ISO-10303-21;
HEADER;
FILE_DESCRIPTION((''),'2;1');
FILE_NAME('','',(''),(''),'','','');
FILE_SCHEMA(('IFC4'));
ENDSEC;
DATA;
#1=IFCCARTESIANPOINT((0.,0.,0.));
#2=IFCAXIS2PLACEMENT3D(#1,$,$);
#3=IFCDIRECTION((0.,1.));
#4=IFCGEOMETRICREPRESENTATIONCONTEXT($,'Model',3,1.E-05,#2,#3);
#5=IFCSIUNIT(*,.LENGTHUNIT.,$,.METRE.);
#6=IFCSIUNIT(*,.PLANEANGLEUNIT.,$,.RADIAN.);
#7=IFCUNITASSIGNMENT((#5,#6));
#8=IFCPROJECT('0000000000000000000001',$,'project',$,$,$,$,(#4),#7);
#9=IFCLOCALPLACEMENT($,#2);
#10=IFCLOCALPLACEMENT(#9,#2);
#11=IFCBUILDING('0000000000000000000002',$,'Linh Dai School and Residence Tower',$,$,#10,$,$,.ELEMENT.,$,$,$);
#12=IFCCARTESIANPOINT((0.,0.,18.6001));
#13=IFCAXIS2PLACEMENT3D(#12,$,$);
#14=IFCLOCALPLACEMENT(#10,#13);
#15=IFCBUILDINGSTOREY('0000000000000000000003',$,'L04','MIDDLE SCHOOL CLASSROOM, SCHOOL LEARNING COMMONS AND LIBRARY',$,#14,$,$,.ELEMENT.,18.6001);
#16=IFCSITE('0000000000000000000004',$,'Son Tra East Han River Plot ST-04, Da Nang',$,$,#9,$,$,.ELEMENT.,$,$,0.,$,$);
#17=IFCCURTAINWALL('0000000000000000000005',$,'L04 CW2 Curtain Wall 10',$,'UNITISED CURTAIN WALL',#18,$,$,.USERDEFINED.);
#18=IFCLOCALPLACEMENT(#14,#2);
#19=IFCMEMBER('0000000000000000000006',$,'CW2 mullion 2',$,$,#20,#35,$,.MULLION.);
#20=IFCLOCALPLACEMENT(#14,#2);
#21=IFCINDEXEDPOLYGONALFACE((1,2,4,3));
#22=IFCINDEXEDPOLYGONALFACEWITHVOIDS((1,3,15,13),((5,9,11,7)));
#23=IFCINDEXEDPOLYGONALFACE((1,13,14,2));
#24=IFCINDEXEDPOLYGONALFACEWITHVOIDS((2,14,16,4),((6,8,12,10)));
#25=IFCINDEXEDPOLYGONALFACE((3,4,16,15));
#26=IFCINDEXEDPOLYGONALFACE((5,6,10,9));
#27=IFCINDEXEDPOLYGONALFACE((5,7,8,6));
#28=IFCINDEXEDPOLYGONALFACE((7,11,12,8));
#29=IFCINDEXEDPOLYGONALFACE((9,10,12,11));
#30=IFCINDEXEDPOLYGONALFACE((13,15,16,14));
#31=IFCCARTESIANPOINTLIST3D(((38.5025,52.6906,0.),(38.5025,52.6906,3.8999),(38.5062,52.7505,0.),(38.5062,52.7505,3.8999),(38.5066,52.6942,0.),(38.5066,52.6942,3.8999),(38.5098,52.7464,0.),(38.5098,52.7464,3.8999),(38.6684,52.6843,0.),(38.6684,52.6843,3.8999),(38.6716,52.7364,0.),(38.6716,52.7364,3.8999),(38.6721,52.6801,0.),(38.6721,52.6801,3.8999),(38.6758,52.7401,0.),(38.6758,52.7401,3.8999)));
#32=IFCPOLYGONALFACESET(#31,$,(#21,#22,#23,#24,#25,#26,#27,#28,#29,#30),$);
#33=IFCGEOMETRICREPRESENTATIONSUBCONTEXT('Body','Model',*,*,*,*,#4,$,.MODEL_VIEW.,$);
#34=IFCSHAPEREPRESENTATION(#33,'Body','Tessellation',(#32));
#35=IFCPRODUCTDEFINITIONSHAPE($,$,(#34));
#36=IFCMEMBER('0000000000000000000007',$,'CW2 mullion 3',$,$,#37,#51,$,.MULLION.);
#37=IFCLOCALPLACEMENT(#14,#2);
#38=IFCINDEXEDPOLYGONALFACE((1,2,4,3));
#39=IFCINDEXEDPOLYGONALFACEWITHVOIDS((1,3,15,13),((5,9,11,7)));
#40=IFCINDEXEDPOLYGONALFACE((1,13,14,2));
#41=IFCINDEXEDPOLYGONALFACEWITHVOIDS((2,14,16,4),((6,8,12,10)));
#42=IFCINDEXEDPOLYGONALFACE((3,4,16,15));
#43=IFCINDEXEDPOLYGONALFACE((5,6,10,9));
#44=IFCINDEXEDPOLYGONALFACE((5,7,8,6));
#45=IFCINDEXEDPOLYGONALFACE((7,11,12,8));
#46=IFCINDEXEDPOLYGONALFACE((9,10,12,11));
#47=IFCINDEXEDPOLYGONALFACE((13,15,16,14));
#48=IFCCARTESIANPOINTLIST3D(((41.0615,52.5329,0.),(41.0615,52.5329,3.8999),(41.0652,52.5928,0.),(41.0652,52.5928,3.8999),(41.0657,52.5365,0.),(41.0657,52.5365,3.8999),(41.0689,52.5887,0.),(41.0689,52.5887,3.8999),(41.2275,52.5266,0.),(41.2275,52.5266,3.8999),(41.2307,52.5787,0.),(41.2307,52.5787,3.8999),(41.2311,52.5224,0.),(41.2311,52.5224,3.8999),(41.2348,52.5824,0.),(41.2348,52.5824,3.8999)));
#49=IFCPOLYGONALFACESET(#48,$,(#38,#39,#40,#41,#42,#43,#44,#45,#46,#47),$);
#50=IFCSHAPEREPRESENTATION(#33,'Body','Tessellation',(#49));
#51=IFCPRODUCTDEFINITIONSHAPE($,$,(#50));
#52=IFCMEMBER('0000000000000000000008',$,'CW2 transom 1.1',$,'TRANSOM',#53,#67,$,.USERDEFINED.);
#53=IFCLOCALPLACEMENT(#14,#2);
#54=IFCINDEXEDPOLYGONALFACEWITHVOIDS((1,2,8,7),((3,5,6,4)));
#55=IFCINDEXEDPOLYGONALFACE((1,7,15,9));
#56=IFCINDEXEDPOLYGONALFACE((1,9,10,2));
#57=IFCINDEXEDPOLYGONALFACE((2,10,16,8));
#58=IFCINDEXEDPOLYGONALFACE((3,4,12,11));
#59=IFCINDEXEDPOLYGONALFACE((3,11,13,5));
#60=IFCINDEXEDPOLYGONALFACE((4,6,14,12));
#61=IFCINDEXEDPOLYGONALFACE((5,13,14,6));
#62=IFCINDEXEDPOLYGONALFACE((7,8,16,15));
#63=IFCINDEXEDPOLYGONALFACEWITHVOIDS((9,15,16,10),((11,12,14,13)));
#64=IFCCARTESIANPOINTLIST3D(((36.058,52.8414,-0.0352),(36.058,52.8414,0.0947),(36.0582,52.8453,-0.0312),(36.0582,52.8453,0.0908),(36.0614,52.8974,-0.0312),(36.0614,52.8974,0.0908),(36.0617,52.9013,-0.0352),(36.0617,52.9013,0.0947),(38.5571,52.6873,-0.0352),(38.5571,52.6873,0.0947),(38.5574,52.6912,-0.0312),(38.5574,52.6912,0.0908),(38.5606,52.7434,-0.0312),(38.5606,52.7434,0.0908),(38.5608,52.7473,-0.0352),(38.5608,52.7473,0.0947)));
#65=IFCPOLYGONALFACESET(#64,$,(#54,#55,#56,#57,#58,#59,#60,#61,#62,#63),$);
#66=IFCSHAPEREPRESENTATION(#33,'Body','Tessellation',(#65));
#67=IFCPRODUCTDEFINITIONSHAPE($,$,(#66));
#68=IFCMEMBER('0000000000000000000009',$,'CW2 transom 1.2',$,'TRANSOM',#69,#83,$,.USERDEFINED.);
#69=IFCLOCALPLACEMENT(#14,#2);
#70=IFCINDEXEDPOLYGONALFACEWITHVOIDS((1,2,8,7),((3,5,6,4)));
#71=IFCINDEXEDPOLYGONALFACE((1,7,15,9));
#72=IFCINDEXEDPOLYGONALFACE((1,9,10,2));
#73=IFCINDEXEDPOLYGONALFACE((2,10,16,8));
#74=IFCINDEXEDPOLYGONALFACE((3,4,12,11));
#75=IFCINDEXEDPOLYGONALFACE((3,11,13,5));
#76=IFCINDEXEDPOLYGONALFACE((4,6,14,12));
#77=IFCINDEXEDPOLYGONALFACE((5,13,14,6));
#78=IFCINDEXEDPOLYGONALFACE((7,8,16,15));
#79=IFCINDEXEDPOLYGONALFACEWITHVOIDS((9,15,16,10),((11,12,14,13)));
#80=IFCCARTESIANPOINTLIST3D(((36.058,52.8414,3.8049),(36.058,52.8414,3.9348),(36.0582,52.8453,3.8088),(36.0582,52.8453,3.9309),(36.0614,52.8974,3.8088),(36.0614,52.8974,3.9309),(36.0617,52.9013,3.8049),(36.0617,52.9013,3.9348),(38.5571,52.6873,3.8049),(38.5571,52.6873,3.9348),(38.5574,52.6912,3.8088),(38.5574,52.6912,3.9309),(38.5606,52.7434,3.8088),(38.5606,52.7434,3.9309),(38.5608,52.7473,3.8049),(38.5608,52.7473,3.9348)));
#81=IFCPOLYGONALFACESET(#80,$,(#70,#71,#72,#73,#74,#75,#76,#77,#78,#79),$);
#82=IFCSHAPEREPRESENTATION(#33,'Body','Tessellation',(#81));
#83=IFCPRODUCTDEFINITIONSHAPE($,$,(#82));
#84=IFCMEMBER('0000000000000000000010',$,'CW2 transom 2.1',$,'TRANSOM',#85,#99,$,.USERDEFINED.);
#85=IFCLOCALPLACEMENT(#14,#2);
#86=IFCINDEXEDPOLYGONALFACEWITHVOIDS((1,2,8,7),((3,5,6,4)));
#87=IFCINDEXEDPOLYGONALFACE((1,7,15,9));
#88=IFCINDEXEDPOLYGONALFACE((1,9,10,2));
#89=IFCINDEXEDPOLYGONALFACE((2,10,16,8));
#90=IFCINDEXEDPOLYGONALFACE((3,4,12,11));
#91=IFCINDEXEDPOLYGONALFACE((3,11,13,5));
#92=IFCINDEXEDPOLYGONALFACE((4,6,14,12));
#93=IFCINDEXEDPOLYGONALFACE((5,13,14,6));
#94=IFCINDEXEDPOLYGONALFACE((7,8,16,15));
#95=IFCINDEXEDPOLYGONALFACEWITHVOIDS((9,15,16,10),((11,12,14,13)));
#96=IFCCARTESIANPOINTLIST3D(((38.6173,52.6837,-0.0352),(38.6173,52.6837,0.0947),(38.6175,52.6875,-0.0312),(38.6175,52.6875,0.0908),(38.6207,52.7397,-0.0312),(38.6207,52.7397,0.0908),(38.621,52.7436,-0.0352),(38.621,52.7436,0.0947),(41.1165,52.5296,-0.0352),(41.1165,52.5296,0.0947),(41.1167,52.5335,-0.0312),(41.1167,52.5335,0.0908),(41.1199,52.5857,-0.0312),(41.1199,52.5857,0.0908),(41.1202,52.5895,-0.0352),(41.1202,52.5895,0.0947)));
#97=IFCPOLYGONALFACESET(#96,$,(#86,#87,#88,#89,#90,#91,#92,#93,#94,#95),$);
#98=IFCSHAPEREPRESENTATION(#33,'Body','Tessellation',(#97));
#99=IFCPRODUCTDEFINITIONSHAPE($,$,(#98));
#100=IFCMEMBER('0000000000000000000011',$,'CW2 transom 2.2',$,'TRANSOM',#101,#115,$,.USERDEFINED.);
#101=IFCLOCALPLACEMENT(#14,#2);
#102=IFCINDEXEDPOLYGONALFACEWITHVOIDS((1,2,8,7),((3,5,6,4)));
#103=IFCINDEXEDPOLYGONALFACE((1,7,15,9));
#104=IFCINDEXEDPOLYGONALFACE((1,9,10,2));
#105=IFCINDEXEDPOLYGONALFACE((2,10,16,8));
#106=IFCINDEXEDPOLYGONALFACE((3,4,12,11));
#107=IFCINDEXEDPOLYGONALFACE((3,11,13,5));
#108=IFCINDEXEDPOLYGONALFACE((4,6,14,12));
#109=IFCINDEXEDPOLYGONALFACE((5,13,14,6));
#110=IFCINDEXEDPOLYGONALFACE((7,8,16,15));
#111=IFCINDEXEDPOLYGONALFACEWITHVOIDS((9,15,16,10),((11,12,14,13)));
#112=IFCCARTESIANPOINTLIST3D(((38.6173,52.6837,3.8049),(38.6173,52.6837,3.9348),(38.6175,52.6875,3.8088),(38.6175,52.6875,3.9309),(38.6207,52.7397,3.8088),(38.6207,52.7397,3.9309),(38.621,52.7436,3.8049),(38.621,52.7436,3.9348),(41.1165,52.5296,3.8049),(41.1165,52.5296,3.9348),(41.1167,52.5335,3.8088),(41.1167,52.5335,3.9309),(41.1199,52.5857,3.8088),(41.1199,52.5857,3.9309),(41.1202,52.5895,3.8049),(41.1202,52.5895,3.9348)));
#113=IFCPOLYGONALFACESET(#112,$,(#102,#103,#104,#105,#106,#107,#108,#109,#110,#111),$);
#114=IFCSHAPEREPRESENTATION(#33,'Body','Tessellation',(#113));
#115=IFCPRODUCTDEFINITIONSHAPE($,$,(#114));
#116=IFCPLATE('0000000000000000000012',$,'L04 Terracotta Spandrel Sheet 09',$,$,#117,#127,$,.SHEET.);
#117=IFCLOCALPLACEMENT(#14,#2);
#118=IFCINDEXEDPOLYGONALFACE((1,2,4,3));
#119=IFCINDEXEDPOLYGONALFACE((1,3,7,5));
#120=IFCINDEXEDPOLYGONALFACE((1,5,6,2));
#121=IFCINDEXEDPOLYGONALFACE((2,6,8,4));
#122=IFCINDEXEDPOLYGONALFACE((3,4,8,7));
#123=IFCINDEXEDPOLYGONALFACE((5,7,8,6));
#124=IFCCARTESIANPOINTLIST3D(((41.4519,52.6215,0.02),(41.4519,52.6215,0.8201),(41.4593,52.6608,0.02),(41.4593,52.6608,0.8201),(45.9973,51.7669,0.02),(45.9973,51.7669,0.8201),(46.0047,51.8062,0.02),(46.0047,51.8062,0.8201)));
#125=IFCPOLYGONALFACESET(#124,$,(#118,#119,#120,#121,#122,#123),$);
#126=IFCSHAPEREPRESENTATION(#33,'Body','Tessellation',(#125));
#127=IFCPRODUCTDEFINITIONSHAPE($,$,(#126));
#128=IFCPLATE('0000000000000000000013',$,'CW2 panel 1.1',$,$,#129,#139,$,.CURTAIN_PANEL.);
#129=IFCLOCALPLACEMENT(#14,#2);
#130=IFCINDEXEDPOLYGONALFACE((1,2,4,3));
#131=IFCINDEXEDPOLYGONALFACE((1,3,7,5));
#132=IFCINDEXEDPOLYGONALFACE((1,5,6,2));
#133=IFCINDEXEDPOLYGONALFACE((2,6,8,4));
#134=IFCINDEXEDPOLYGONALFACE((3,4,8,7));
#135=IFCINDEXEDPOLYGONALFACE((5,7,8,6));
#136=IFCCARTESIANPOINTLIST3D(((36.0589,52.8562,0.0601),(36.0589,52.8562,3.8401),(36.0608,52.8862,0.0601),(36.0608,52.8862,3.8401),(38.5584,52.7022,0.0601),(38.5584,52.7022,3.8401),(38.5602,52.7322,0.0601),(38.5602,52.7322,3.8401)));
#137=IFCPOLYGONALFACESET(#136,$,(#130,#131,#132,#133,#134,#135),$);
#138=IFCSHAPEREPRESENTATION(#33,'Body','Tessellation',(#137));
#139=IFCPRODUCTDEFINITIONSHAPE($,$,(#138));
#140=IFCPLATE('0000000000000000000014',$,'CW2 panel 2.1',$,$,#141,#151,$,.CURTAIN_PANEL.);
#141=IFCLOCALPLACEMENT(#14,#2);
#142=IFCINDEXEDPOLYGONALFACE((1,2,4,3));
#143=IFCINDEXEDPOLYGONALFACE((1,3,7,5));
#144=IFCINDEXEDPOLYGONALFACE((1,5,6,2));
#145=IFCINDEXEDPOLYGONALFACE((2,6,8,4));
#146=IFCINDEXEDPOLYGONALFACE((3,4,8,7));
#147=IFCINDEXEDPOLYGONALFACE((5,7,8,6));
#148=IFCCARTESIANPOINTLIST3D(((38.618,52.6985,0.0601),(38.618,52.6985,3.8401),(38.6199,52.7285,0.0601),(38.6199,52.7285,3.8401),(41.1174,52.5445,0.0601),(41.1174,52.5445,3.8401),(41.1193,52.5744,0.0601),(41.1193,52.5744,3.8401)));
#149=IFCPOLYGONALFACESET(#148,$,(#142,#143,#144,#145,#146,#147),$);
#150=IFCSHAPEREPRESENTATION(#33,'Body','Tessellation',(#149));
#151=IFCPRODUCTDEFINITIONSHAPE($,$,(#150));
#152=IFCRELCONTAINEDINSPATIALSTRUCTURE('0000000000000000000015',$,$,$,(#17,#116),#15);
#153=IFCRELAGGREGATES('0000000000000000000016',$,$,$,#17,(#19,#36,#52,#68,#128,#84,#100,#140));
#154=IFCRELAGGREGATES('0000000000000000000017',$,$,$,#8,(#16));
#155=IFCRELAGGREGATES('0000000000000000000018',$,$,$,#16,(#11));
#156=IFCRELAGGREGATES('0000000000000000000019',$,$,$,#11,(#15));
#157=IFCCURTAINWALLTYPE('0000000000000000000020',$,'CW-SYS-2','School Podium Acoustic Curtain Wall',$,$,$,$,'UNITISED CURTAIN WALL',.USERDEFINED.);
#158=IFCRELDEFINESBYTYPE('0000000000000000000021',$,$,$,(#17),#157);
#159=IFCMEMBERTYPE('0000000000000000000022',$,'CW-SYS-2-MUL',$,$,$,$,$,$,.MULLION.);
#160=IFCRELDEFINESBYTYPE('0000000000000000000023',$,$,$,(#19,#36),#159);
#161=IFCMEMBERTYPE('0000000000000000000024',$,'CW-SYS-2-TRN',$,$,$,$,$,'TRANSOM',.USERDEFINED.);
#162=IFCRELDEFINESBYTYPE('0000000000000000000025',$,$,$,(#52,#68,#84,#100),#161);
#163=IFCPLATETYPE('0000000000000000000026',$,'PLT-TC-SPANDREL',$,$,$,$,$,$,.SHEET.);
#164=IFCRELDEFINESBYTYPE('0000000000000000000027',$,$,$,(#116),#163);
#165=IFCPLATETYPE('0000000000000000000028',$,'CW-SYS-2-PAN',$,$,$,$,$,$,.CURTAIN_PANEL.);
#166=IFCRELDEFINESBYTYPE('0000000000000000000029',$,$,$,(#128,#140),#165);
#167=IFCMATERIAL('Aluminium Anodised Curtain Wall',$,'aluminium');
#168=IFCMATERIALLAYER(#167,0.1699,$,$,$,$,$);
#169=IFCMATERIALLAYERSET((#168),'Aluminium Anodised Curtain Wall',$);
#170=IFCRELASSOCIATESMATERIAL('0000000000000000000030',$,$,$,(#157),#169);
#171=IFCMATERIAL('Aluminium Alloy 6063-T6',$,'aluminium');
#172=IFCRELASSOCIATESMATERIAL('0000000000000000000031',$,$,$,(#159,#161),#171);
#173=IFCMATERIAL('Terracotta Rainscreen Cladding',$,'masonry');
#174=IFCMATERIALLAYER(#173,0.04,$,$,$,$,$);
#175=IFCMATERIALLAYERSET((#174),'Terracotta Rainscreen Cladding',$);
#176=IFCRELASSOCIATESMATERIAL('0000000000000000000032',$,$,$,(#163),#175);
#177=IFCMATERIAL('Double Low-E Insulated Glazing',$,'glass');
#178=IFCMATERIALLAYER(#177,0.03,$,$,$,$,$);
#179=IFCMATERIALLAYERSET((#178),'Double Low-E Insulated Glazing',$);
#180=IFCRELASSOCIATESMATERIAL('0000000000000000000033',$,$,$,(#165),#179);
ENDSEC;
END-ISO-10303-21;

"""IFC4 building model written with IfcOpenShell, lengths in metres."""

from ifc_helpers import new_model, si_unit, direction, frame, origin, origin_2d, place, context, subcontext, project, spatial, rectangle, hollow_rectangle, extrude, source, transform, mapped, material, layer, layer_set, material_profile, profile_set, type_object, element, aggregate, save


model = new_model("IFC4")

# Units and contexts
model_context = context("Model", 3, precision=1e-05, world=origin(), true_north=direction((0.0, 1.0)))
body_context = subcontext(model_context, "Body", "Model", "MODEL_VIEW")
ifc_project = project(units=[si_unit("LENGTHUNIT", "METRE"), si_unit("PLANEANGLEUNIT", "RADIAN")], contexts=[model_context])

# Site, building, storey
site_placement = place(None, origin())
site = spatial("IfcSite", under=ifc_project, at=site_placement, Name="Son Tra East Han River Plot ST-04, Da Nang", CompositionType="ELEMENT", RefElevation=0.0)
building_placement = place(site_placement, origin())
building = spatial("IfcBuilding", under=site, at=building_placement, Name="Linh Dai School and Residence Tower", CompositionType="ELEMENT")
storey_placement = place(building_placement, frame((0.0, 0.0, 18.6001)))
storey = spatial("IfcBuildingStorey", under=building, at=storey_placement, Name="L04", Description="MIDDLE SCHOOL CLASSROOM, SCHOOL LEARNING COMMONS AND LIBRARY", CompositionType="ELEMENT", Elevation=18.6001)

# Curtain wall, members
ifc_material_1 = material(Name="Aluminium Anodised Curtain Wall", Category="aluminium")
ifc_layer_1 = layer(ifc_material_1, 0.1699)
ifc_layer_set_1 = layer_set([ifc_layer_1], Name="Aluminium Anodised Curtain Wall")
curtain_wall_type = type_object("IfcCurtainWallType", Name="CW-SYS-2", Description="School Podium Acoustic Curtain Wall", ElementType="UNITISED CURTAIN WALL", PredefinedType="USERDEFINED", material=ifc_layer_set_1)
curtain_wall_placement = place(storey_placement, origin())
curtain_wall = element("IfcCurtainWall", 1, at=curtain_wall_placement, inside=storey, type_object=curtain_wall_type, Name="L04 CW2 Curtain Wall 10", ObjectType="UNITISED CURTAIN WALL", PredefinedType="USERDEFINED")
ifc_material_2 = material(Name="Aluminium Alloy 6063-T6", Category="aluminium")
ifc_material_profile_1 = material_profile(ifc_material_2, hollow_rectangle(XDim=0.0601, YDim=0.1699, WallThickness=0.0039, at=origin_2d()), Name="RHS 170x60x4")
ifc_profile_set_1 = profile_set([ifc_material_profile_1], Name="Aluminium Alloy 6063-T6")
member_type_1 = type_object("IfcMemberType", Name="CW-SYS-2-MUL", PredefinedType="MULLION", material=ifc_profile_set_1)
shared_shape_1 = source(origin(), body_context, "Body", "SweptSolid", [
    extrude(hollow_rectangle(XDim=0.0601, YDim=0.1699, WallThickness=0.0039, at=origin_2d()), origin(), (0.0, 0.0, 1.0), 3.8999),
])
member_1_placement = place(storey_placement, frame((38.5891, 52.7153, 0.0), z_axis=(0.0, 0.0, 1.0), x_axis=(0.061516, 0.998106, 0.0)))
member_1 = element("IfcMember", 2, at=member_1_placement, type_object=member_type_1, Name="CW2 mullion 2", PredefinedType="MULLION", context=body_context, shape_type="MappedRepresentation", body=[
    mapped(shared_shape_1, transform((0.0, 0.0, 0.0), x_axis=(1.0, 0.0, 0.0), y_axis=(0.0, 1.0, 0.0), z_axis=(0.0, 0.0, 1.0), scale=1.0)),
])
member_2_placement = place(storey_placement, frame((41.1482, 52.5576, 0.0), z_axis=(0.0, 0.0, 1.0), x_axis=(0.061516, 0.998106, 0.0)))
member_2 = element("IfcMember", 3, at=member_2_placement, type_object=member_type_1, Name="CW2 mullion 3", PredefinedType="MULLION", context=body_context, shape_type="MappedRepresentation", body=[
    mapped(shared_shape_1, transform((0.0, 0.0, 0.0), x_axis=(1.0, 0.0, 0.0), y_axis=(0.0, 1.0, 0.0), z_axis=(0.0, 0.0, 1.0), scale=1.0)),
])
ifc_material_profile_2 = material_profile(ifc_material_2, hollow_rectangle(XDim=0.0601, YDim=0.1299, WallThickness=0.0039, at=origin_2d()), Name="RHS 130x60x4")
ifc_profile_set_2 = profile_set([ifc_material_profile_2], Name="Aluminium Alloy 6063-T6")
member_type_2 = type_object("IfcMemberType", Name="CW-SYS-2-TRN", ElementType="TRANSOM", PredefinedType="USERDEFINED", material=ifc_profile_set_2)
shared_shape_2 = source(origin(), body_context, "Body", "SweptSolid", [
    extrude(hollow_rectangle(XDim=0.0601, YDim=0.1299, WallThickness=0.0039, at=origin_2d()), origin(), (0.0, 0.0, 1.0), 2.5039),
])
member_3_placement = place(storey_placement, frame((36.0598, 52.8713, 0.0298), z_axis=(0.998106, -0.061522, 0.0), x_axis=(0.061522, 0.998106, 0.0)))
member_3 = element("IfcMember", 4, at=member_3_placement, type_object=member_type_2, Name="CW2 transom 1.1", ObjectType="TRANSOM", PredefinedType="USERDEFINED", context=body_context, shape_type="MappedRepresentation", body=[
    mapped(shared_shape_2, transform((0.0, 0.0, 0.0), x_axis=(1.0, 0.0, 0.0), y_axis=(0.0, 1.0, 0.0), z_axis=(0.0, 0.0, 1.0), scale=1.0)),
])
member_4_placement = place(storey_placement, frame((36.0598, 52.8713, 3.8699), z_axis=(0.998106, -0.061522, 0.0), x_axis=(0.061522, 0.998106, 0.0)))
member_4 = element("IfcMember", 5, at=member_4_placement, type_object=member_type_2, Name="CW2 transom 1.2", ObjectType="TRANSOM", PredefinedType="USERDEFINED", context=body_context, shape_type="MappedRepresentation", body=[
    mapped(shared_shape_2, transform((0.0, 0.0, 0.0), x_axis=(1.0, 0.0, 0.0), y_axis=(0.0, 1.0, 0.0), z_axis=(0.0, 0.0, 1.0), scale=1.0)),
])
member_5_placement = place(storey_placement, frame((38.6191, 52.7136, 0.0298), z_axis=(0.998106, -0.061522, 0.0), x_axis=(0.061522, 0.998106, 0.0)))
member_5 = element("IfcMember", 6, at=member_5_placement, type_object=member_type_2, Name="CW2 transom 2.1", ObjectType="TRANSOM", PredefinedType="USERDEFINED", context=body_context, shape_type="MappedRepresentation", body=[
    mapped(shared_shape_2, transform((0.0, 0.0, 0.0), x_axis=(1.0, 0.0, 0.0), y_axis=(0.0, 1.0, 0.0), z_axis=(0.0, 0.0, 1.0), scale=1.0)),
])
member_6_placement = place(storey_placement, frame((38.6191, 52.7136, 3.8699), z_axis=(0.998106, -0.061522, 0.0), x_axis=(0.061522, 0.998106, 0.0)))
member_6 = element("IfcMember", 7, at=member_6_placement, type_object=member_type_2, Name="CW2 transom 2.2", ObjectType="TRANSOM", PredefinedType="USERDEFINED", context=body_context, shape_type="MappedRepresentation", body=[
    mapped(shared_shape_2, transform((0.0, 0.0, 0.0), x_axis=(1.0, 0.0, 0.0), y_axis=(0.0, 1.0, 0.0), z_axis=(0.0, 0.0, 1.0), scale=1.0)),
])

# Plates
ifc_material_3 = material(Name="Terracotta Rainscreen Cladding", Category="masonry")
ifc_layer_2 = layer(ifc_material_3, 0.04)
ifc_layer_set_2 = layer_set([ifc_layer_2], Name="Terracotta Rainscreen Cladding")
plate_type_1 = type_object("IfcPlateType", Name="PLT-TC-SPANDREL", PredefinedType="SHEET", material=ifc_layer_set_2)
shared_shape_3 = source(origin(), body_context, "Body", "SweptSolid", [
    extrude(rectangle(XDim=4.625, YDim=0.04, at=origin_2d()), origin(), (0.0, 0.0, 1.0), 0.8),
])
plate_1_placement = place(storey_placement, frame((43.7283, 52.2139, 0.02), z_axis=(0.0, 0.0, 1.0), x_axis=(0.982781, -0.184775, 0.0)))
element("IfcPlate", 8, at=plate_1_placement, inside=storey, type_object=plate_type_1, Name="L04 Terracotta Spandrel Sheet 09", PredefinedType="SHEET", context=body_context, shape_type="MappedRepresentation", body=[
    mapped(shared_shape_3, transform((0.0, 0.0, 0.0), x_axis=(1.0, 0.0, 0.0), y_axis=(0.0, 1.0, 0.0), z_axis=(0.0, 0.0, 1.0), scale=1.0)),
])
ifc_material_4 = material(Name="Double Low-E Insulated Glazing", Category="glass")
ifc_layer_3 = layer(ifc_material_4, 0.03)
ifc_layer_set_3 = layer_set([ifc_layer_3], Name="Double Low-E Insulated Glazing")
plate_type_2 = type_object("IfcPlateType", Name="CW-SYS-2-PAN", PredefinedType="CURTAIN_PANEL", material=ifc_layer_set_3)
shared_shape_4 = source(origin(), body_context, "Body", "SweptSolid", [
    extrude(rectangle(XDim=2.5042, YDim=0.03, at=origin_2d()), origin(), (0.0, 0.0, 1.0), 3.78),
])
plate_2_placement = place(storey_placement, frame((37.3096, 52.7942, 0.0601), z_axis=(0.0, 0.0, 1.0), x_axis=(0.998106, -0.061516, 0.0)))
plate_2 = element("IfcPlate", 9, at=plate_2_placement, type_object=plate_type_2, Name="CW2 panel 1.1", PredefinedType="CURTAIN_PANEL", context=body_context, shape_type="MappedRepresentation", body=[
    mapped(shared_shape_4, transform((0.0, 0.0, 0.0), x_axis=(1.0, 0.0, 0.0), y_axis=(0.0, 1.0, 0.0), z_axis=(0.0, 0.0, 1.0), scale=1.0)),
])
plate_3_placement = place(storey_placement, frame((39.8687, 52.6365, 0.0601), z_axis=(0.0, 0.0, 1.0), x_axis=(0.998106, -0.061516, 0.0)))
plate_3 = element("IfcPlate", 10, at=plate_3_placement, type_object=plate_type_2, Name="CW2 panel 2.1", PredefinedType="CURTAIN_PANEL", context=body_context, shape_type="MappedRepresentation", body=[
    mapped(shared_shape_4, transform((0.0, 0.0, 0.0), x_axis=(1.0, 0.0, 0.0), y_axis=(0.0, 1.0, 0.0), z_axis=(0.0, 0.0, 1.0), scale=1.0)),
])
aggregate(curtain_wall, [member_1, member_2, member_3, member_4, plate_2, member_5, member_6, plate_3])

save(model, "model.ifc")
